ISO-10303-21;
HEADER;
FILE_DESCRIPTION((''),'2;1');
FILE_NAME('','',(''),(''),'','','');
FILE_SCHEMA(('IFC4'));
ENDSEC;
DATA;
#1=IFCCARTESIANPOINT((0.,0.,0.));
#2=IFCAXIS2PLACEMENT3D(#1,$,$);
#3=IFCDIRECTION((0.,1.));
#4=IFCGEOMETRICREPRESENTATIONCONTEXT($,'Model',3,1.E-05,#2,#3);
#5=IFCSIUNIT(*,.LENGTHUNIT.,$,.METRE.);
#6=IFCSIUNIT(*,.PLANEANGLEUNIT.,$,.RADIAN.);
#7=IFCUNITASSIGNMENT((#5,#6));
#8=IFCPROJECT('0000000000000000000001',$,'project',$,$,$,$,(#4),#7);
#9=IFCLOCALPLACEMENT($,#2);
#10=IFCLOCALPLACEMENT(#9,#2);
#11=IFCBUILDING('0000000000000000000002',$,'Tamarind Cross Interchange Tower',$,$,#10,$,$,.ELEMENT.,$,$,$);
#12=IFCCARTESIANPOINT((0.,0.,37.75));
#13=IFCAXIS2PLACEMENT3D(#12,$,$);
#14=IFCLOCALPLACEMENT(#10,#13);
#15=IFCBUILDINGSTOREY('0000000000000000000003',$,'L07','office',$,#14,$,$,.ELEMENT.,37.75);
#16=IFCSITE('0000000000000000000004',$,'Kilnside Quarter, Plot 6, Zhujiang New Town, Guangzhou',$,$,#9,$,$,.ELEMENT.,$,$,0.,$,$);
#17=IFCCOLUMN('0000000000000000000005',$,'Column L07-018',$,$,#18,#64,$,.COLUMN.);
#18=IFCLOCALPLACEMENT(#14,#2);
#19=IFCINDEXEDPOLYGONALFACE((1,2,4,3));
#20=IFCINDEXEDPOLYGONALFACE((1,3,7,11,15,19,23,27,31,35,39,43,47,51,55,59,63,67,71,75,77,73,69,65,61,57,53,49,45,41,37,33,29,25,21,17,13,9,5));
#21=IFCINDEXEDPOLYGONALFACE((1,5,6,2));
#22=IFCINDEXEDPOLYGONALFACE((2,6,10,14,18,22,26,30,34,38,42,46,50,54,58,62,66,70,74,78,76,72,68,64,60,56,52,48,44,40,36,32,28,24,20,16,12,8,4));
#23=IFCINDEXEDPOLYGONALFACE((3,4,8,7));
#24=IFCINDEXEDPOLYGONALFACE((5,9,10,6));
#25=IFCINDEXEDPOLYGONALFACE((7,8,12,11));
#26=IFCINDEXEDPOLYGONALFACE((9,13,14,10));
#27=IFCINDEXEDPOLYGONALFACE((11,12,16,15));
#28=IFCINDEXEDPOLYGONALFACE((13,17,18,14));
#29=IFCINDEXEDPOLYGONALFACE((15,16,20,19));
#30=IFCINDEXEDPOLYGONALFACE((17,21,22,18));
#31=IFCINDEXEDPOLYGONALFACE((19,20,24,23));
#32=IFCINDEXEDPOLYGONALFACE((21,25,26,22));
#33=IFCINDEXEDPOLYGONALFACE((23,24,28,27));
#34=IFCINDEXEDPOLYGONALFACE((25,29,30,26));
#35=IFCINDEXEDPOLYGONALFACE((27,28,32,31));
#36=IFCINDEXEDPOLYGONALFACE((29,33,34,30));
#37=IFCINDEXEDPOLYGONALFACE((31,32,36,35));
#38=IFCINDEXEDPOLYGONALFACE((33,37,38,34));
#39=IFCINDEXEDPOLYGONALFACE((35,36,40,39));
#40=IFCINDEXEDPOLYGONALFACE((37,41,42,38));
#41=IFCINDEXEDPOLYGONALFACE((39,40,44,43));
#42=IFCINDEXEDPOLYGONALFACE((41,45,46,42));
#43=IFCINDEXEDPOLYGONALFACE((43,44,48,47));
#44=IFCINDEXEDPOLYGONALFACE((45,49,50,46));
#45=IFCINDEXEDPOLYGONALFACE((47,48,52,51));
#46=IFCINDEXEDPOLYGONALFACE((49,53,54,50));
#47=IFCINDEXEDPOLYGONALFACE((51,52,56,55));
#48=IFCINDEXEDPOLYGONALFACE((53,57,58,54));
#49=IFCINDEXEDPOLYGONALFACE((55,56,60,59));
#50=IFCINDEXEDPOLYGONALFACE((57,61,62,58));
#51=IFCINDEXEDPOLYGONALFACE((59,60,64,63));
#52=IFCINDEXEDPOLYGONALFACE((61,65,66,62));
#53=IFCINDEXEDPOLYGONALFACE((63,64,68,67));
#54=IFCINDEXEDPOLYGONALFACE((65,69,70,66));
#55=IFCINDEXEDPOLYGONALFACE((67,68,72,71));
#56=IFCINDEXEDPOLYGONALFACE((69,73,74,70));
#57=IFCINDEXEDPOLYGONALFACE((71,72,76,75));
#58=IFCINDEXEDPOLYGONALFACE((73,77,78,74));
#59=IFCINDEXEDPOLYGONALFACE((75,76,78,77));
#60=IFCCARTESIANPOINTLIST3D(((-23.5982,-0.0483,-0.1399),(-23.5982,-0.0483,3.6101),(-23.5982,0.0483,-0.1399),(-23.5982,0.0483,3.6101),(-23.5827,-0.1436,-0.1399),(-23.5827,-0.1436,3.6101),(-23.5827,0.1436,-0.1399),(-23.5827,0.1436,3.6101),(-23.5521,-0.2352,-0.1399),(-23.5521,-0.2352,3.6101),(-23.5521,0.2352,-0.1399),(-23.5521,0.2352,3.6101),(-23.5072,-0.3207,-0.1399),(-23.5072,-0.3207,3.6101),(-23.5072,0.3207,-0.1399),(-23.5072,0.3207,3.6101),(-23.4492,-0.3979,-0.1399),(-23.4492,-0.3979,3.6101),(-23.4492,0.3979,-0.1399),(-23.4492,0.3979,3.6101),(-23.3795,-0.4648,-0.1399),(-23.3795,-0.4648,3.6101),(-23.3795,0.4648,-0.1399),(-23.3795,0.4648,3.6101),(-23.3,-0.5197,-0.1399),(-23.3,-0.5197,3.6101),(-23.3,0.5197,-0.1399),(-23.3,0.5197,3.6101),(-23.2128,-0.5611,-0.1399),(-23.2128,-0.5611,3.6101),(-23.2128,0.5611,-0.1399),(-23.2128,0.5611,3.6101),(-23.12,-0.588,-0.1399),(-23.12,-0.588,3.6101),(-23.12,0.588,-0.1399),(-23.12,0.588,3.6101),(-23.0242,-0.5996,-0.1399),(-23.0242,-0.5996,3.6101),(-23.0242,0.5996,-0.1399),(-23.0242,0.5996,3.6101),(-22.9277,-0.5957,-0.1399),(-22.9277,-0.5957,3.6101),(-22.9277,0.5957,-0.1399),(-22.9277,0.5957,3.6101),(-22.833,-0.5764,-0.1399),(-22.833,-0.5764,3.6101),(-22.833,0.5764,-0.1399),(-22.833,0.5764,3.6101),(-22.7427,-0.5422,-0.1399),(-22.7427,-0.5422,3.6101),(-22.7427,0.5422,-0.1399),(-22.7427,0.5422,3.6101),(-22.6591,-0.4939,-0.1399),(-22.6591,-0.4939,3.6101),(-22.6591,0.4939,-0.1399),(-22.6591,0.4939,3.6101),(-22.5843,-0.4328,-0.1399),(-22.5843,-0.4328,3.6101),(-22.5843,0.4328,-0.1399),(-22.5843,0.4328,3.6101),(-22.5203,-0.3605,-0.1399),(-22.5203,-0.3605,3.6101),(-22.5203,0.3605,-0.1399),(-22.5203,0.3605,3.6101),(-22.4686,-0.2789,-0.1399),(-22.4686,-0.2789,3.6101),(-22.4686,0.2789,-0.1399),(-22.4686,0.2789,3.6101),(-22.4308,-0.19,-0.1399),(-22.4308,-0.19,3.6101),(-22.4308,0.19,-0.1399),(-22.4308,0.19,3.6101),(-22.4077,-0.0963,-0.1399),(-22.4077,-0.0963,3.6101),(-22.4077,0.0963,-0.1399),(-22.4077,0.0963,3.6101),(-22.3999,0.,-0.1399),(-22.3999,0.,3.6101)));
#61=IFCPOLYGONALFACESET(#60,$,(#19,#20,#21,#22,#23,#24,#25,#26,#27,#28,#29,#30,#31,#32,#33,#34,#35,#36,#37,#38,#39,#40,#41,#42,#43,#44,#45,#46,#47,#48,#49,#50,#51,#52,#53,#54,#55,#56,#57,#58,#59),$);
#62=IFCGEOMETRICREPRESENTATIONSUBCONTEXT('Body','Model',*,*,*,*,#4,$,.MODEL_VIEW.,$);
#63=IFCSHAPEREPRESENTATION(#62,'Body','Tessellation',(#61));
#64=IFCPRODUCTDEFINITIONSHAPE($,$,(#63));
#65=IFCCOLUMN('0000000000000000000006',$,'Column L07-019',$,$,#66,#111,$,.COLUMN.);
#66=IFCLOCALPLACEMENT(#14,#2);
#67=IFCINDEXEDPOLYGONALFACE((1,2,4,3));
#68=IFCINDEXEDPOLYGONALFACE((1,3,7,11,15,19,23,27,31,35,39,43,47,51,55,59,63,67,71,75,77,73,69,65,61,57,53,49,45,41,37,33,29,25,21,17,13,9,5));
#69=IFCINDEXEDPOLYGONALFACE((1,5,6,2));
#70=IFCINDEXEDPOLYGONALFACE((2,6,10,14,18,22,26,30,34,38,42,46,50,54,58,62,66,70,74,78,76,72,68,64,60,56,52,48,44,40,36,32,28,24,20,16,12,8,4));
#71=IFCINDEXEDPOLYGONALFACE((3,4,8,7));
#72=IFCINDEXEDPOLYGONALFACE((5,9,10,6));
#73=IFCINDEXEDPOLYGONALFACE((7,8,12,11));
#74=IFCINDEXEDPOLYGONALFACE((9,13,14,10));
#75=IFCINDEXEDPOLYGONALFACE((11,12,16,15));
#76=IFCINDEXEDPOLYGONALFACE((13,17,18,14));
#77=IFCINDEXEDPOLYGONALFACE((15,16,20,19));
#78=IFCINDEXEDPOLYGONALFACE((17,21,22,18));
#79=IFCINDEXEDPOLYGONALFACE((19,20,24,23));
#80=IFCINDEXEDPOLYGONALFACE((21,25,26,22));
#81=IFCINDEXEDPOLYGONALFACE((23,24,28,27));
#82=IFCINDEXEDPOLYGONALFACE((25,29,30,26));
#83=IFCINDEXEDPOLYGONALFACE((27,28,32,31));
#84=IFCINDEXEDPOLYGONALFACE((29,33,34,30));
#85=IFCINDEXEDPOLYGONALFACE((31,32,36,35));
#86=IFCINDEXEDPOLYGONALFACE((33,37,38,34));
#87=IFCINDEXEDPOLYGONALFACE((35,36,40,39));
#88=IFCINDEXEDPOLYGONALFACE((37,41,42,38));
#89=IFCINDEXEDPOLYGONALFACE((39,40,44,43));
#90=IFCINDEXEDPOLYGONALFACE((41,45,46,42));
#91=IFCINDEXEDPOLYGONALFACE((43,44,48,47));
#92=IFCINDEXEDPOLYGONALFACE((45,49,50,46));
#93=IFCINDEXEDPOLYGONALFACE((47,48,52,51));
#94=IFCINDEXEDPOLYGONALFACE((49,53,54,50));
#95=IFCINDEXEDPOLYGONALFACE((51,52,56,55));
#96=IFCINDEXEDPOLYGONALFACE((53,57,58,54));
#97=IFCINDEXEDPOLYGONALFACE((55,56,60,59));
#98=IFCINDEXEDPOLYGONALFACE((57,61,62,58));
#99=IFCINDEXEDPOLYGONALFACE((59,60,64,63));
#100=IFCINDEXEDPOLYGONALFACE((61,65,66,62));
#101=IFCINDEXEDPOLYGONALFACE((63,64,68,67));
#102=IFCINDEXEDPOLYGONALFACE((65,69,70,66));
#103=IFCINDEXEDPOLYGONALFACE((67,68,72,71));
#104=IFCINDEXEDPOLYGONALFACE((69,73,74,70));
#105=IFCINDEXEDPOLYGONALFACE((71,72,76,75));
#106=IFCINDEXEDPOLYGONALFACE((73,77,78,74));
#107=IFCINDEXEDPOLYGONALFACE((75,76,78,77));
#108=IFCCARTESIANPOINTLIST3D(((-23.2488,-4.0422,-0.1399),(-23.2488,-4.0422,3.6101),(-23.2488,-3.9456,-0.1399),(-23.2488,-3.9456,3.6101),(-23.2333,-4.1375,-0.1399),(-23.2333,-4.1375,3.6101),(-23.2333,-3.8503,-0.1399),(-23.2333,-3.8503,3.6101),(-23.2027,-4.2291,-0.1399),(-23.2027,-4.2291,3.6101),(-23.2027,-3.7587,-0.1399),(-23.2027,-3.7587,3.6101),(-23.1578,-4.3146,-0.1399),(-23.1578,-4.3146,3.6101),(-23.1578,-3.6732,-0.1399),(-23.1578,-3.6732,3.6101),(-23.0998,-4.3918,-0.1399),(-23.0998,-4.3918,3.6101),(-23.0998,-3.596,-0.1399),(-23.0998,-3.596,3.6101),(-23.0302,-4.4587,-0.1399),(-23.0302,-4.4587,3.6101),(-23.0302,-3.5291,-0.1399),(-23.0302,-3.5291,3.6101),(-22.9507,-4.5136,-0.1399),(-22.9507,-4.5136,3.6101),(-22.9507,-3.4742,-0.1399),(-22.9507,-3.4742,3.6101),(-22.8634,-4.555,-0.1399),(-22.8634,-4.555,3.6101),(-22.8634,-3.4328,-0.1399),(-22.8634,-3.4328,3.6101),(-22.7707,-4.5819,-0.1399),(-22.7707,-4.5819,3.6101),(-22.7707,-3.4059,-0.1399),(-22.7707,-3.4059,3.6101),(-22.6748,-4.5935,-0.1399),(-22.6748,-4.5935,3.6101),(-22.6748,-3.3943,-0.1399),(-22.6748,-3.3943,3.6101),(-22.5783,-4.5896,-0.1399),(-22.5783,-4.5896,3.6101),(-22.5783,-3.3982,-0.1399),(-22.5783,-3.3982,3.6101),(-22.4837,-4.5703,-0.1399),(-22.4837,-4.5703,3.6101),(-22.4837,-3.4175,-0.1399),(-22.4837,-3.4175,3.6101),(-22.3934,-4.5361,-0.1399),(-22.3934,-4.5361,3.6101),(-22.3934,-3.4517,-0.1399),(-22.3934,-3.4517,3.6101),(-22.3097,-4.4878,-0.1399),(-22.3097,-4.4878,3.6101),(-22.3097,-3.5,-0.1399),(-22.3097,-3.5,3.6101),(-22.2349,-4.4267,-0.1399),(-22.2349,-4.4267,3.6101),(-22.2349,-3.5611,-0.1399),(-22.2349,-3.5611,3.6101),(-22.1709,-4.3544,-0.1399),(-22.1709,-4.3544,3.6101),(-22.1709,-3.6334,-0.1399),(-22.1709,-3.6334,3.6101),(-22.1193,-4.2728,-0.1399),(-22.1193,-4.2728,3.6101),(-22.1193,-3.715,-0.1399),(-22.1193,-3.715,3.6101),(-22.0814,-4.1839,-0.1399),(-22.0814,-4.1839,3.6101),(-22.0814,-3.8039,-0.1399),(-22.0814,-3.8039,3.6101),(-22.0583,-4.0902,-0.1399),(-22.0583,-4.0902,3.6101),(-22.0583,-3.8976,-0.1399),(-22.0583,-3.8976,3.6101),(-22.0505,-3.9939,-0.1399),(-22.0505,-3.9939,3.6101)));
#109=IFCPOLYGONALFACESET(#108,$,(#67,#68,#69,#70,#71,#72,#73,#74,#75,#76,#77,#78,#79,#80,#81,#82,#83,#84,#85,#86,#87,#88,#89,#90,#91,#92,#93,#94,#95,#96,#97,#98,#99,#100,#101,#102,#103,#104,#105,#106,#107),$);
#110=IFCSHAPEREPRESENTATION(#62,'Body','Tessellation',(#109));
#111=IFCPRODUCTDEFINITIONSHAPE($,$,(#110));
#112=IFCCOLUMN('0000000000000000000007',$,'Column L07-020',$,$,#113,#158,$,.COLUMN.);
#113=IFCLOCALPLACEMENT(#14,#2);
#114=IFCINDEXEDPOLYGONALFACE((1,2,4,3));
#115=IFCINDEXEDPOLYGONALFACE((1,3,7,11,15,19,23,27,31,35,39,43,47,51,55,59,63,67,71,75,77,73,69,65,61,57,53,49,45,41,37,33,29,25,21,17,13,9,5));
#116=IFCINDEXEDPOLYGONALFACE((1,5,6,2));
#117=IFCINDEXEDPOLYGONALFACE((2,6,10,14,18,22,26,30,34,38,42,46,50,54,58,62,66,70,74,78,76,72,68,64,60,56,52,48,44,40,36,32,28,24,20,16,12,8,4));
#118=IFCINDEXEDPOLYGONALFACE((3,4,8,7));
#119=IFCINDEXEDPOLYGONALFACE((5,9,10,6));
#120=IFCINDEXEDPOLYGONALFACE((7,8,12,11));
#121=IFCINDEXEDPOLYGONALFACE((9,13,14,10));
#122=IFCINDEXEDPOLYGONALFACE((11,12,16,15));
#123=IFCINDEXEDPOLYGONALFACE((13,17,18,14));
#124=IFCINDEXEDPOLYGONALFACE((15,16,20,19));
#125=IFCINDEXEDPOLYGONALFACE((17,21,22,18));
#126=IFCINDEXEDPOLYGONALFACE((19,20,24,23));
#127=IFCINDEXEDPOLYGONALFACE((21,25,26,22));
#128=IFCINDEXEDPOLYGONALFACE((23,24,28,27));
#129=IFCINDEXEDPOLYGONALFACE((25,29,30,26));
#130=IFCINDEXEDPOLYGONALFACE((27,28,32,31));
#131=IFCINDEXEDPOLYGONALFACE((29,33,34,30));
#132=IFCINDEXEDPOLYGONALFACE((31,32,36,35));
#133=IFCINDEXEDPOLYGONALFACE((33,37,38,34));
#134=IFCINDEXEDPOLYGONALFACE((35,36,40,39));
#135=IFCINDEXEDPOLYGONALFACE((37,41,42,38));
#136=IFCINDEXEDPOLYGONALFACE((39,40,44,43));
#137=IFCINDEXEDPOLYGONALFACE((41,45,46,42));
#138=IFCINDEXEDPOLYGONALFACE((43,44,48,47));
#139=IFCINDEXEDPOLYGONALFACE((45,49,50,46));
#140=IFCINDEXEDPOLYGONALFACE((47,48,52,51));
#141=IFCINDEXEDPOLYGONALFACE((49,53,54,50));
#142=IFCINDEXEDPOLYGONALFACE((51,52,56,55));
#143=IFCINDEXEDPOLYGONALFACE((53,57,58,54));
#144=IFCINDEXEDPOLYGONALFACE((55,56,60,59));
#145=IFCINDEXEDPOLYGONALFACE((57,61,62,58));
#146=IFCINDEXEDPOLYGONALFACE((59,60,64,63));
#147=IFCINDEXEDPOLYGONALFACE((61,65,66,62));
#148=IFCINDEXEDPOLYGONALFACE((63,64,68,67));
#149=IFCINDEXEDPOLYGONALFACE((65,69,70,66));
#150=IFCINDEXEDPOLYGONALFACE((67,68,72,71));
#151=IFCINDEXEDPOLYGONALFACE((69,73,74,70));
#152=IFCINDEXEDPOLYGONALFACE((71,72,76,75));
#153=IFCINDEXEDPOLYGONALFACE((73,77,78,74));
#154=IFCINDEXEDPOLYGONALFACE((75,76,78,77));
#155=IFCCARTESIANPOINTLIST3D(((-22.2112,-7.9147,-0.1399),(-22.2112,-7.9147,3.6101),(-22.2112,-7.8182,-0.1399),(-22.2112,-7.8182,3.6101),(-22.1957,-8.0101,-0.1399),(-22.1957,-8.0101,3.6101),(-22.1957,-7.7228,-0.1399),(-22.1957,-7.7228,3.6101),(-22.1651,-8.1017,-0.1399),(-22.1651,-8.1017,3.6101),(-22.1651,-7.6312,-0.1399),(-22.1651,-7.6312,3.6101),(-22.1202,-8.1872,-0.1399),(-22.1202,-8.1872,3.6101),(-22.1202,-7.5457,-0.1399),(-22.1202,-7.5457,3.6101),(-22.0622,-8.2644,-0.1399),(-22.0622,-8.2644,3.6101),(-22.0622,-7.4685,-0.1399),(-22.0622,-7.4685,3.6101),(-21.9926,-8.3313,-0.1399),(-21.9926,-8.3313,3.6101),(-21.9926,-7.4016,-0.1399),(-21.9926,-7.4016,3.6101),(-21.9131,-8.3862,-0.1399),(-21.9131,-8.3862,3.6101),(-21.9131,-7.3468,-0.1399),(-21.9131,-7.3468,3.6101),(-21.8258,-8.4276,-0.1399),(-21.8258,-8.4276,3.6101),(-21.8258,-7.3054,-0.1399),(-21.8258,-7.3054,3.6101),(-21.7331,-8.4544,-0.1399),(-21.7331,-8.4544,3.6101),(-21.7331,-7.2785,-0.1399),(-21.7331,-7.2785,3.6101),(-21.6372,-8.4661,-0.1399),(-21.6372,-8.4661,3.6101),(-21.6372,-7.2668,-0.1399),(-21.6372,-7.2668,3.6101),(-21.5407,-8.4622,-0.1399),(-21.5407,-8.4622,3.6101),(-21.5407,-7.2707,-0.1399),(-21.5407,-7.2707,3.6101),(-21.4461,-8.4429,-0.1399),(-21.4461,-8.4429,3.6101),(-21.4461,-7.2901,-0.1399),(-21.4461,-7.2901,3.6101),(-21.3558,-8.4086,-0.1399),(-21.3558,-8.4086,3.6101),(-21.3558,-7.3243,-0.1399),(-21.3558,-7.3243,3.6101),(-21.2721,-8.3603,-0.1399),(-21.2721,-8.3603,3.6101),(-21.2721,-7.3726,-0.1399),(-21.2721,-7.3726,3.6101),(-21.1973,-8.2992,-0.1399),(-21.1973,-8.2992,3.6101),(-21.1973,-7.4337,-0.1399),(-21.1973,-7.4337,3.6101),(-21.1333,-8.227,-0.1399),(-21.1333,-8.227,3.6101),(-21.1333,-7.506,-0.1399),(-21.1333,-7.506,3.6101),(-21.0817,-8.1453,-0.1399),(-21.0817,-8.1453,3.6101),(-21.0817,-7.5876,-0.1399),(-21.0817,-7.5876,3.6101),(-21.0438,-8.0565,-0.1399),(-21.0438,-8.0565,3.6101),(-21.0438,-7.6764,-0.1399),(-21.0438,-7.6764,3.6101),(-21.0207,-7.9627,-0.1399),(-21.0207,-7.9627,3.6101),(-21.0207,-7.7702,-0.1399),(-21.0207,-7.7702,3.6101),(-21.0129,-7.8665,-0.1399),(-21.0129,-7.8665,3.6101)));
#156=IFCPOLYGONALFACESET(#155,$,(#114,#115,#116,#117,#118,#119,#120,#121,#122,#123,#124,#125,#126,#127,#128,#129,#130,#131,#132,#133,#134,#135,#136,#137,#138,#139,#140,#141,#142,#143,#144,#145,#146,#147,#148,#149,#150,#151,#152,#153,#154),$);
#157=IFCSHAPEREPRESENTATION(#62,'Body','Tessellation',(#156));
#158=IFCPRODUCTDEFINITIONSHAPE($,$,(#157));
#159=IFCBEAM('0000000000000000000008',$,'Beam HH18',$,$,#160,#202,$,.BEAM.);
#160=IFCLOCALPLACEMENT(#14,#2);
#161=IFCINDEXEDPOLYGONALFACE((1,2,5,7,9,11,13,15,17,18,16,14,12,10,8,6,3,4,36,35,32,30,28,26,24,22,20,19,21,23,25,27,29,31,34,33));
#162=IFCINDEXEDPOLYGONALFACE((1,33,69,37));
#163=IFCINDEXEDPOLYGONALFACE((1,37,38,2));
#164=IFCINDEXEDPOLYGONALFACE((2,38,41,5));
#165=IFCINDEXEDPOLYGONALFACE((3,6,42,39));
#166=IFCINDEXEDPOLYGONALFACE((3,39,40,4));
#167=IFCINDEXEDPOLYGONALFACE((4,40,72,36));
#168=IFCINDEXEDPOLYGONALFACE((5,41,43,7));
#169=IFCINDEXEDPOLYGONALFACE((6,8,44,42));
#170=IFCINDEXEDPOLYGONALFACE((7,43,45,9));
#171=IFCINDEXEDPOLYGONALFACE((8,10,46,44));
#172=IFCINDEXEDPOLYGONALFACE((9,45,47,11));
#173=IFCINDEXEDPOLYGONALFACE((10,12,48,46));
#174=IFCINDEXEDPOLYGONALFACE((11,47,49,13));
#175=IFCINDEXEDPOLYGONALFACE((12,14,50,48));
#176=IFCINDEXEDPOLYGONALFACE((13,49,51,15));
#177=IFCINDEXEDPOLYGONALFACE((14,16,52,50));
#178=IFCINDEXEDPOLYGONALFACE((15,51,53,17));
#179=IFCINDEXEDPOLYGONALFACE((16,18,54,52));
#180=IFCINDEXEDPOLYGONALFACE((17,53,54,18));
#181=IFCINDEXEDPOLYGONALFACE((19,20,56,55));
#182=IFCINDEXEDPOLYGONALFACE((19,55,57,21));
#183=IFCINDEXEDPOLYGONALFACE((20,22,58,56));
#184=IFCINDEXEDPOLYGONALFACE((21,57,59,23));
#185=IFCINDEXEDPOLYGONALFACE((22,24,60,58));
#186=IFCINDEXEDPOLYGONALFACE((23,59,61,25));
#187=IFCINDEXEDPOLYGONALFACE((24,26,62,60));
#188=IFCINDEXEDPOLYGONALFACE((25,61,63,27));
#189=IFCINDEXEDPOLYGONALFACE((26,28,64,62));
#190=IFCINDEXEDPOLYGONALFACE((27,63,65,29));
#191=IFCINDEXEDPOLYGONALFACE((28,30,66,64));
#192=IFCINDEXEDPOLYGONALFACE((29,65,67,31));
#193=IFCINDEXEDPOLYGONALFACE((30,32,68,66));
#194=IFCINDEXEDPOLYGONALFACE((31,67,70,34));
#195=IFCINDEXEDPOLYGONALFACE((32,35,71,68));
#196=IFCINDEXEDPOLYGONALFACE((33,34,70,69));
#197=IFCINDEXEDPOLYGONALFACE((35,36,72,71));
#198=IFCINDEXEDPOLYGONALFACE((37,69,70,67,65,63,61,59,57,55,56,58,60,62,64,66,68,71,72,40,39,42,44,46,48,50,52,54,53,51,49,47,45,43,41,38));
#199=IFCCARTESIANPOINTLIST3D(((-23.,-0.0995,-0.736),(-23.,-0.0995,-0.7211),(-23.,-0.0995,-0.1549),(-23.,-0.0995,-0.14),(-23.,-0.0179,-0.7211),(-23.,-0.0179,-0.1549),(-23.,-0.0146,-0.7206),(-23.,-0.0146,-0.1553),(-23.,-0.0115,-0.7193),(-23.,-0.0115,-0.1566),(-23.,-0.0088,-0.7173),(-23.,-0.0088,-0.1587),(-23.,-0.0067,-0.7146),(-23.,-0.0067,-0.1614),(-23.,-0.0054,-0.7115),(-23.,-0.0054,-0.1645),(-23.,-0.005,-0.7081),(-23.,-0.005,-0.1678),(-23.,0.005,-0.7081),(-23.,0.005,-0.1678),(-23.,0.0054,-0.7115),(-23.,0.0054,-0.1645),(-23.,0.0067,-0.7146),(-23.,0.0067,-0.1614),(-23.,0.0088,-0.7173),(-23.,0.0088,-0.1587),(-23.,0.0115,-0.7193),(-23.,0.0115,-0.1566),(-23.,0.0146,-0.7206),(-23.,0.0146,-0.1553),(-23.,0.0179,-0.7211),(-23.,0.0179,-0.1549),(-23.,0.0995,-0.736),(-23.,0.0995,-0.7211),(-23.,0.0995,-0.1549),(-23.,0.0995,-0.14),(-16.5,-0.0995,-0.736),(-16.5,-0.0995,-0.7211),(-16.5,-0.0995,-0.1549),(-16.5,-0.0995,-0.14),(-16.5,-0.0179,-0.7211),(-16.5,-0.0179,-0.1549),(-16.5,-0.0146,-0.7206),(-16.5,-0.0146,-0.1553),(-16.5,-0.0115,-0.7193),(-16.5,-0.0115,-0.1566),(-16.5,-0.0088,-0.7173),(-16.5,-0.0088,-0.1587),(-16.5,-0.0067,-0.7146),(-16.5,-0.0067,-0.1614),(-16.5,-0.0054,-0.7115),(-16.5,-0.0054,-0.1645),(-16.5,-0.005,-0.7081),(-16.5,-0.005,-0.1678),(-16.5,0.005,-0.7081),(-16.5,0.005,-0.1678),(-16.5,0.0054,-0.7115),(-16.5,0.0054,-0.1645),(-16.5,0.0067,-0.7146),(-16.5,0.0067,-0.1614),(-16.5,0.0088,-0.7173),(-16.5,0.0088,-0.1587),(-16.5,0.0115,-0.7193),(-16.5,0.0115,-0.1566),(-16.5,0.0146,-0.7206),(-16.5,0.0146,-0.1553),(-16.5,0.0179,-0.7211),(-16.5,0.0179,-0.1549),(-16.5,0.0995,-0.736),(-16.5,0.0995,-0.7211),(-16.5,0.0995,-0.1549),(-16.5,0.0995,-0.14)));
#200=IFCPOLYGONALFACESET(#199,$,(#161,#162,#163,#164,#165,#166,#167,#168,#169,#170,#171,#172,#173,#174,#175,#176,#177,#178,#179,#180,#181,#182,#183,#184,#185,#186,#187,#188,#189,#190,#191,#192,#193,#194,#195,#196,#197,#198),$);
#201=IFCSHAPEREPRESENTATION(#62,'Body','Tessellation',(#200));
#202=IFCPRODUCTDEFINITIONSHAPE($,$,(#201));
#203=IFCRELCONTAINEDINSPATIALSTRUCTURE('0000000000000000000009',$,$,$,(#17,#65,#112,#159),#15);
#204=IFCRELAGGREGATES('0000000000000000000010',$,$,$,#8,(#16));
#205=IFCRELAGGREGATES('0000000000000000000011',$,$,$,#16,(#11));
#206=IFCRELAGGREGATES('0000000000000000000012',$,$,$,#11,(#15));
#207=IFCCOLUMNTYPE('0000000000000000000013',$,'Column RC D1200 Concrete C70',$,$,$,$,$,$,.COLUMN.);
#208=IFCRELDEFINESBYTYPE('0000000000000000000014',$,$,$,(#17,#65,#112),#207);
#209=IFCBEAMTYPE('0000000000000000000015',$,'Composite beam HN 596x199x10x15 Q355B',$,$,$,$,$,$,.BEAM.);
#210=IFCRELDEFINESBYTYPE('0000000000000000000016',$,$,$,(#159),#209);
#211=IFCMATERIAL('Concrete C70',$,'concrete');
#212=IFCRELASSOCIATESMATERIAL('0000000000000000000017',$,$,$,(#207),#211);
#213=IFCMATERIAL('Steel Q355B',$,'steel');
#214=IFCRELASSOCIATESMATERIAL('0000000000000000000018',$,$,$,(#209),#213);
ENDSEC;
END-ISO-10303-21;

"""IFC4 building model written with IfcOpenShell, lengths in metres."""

from ifc_helpers import new_model, si_unit, direction, frame, origin, origin_2d, place, context, subcontext, project, spatial, circle, i_section, extrude, material, material_profile, profile_set, type_object, element, save


model = new_model("IFC4")

# Units and contexts
model_context = context("Model", 3, precision=1e-05, world=origin(), true_north=direction((0.0, 1.0)))
body_context = subcontext(model_context, "Body", "Model", "MODEL_VIEW")
ifc_project = project(units=[si_unit("LENGTHUNIT", "METRE"), si_unit("PLANEANGLEUNIT", "RADIAN")], contexts=[model_context])

# Site, building, storey
site_placement = place(None, origin())
site = spatial("IfcSite", under=ifc_project, at=site_placement, Name="Kilnside Quarter, Plot 6, Zhujiang New Town, Guangzhou", CompositionType="ELEMENT", RefElevation=0.0)
building_placement = place(site_placement, origin())
building = spatial("IfcBuilding", under=site, at=building_placement, Name="Tamarind Cross Interchange Tower", CompositionType="ELEMENT")
storey_placement = place(building_placement, frame((0.0, 0.0, 37.75)))
storey = spatial("IfcBuildingStorey", under=building, at=storey_placement, Name="L07", Description="office", CompositionType="ELEMENT", Elevation=37.75)

# Columns
ifc_material_1 = material(Name="Concrete C70", Category="concrete")
ifc_material_profile_1 = material_profile(ifc_material_1, circle(Radius=0.6001, at=origin_2d()), Name="RC D1200")
ifc_profile_set_1 = profile_set([ifc_material_profile_1], Name="Concrete C70")
column_type = type_object("IfcColumnType", Name="Column RC D1200 Concrete C70", PredefinedType="COLUMN", material=ifc_profile_set_1)
for number, where, z_axis, x_axis, name in (
    (1, (-23.0, 0.0, -0.1399), (0.0, 0.0, 1.0), (1.0, 0.0, 0.0), "Column L07-018"),
    (2, (-22.6506, -3.9939, -0.1399), (0.0, 0.0, 1.0), (1.0, 0.0, 0.0), "Column L07-019"),
    (3, (-21.613, -7.8665, -0.1399), (0.0, 0.0, 1.0), (1.0, 0.0, 0.0), "Column L07-020"),
):
    element("IfcColumn", number, at=place(storey_placement, frame(where, z_axis=z_axis, x_axis=x_axis)), inside=storey, type_object=column_type, Name=name, PredefinedType="COLUMN", context=body_context, shape_type="SweptSolid", body=[
        extrude(circle(Radius=0.6001, at=origin_2d()), origin(), (0.0, 0.0, 1.0), 3.75),
    ])

# Beam
ifc_material_2 = material(Name="Steel Q355B", Category="steel")
ifc_material_profile_2 = material_profile(ifc_material_2, i_section(OverallWidth=0.199, OverallDepth=0.5959, WebThickness=0.01, FlangeThickness=0.0149, FilletRadius=0.0129, at=origin_2d()), Name="HN 596x199x10x15")
ifc_profile_set_2 = profile_set([ifc_material_profile_2], Name="Steel Q355B")
beam_type = type_object("IfcBeamType", Name="Composite beam HN 596x199x10x15 Q355B", PredefinedType="BEAM", material=ifc_profile_set_2)
beam_1_placement = place(storey_placement, frame((-23.0, 0.0, -0.438), z_axis=(1.0, 0.0, 0.0), x_axis=(0.0, 1.0, 0.0)))
element("IfcBeam", 4, at=beam_1_placement, inside=storey, type_object=beam_type, Name="Beam HH18", PredefinedType="BEAM", context=body_context, shape_type="SweptSolid", body=[
    extrude(i_section(OverallWidth=0.199, OverallDepth=0.5959, WebThickness=0.01, FlangeThickness=0.0149, FilletRadius=0.0129, at=origin_2d()), origin(), (0.0, 0.0, 1.0), 6.5),
])

save(model, "model.ifc")
